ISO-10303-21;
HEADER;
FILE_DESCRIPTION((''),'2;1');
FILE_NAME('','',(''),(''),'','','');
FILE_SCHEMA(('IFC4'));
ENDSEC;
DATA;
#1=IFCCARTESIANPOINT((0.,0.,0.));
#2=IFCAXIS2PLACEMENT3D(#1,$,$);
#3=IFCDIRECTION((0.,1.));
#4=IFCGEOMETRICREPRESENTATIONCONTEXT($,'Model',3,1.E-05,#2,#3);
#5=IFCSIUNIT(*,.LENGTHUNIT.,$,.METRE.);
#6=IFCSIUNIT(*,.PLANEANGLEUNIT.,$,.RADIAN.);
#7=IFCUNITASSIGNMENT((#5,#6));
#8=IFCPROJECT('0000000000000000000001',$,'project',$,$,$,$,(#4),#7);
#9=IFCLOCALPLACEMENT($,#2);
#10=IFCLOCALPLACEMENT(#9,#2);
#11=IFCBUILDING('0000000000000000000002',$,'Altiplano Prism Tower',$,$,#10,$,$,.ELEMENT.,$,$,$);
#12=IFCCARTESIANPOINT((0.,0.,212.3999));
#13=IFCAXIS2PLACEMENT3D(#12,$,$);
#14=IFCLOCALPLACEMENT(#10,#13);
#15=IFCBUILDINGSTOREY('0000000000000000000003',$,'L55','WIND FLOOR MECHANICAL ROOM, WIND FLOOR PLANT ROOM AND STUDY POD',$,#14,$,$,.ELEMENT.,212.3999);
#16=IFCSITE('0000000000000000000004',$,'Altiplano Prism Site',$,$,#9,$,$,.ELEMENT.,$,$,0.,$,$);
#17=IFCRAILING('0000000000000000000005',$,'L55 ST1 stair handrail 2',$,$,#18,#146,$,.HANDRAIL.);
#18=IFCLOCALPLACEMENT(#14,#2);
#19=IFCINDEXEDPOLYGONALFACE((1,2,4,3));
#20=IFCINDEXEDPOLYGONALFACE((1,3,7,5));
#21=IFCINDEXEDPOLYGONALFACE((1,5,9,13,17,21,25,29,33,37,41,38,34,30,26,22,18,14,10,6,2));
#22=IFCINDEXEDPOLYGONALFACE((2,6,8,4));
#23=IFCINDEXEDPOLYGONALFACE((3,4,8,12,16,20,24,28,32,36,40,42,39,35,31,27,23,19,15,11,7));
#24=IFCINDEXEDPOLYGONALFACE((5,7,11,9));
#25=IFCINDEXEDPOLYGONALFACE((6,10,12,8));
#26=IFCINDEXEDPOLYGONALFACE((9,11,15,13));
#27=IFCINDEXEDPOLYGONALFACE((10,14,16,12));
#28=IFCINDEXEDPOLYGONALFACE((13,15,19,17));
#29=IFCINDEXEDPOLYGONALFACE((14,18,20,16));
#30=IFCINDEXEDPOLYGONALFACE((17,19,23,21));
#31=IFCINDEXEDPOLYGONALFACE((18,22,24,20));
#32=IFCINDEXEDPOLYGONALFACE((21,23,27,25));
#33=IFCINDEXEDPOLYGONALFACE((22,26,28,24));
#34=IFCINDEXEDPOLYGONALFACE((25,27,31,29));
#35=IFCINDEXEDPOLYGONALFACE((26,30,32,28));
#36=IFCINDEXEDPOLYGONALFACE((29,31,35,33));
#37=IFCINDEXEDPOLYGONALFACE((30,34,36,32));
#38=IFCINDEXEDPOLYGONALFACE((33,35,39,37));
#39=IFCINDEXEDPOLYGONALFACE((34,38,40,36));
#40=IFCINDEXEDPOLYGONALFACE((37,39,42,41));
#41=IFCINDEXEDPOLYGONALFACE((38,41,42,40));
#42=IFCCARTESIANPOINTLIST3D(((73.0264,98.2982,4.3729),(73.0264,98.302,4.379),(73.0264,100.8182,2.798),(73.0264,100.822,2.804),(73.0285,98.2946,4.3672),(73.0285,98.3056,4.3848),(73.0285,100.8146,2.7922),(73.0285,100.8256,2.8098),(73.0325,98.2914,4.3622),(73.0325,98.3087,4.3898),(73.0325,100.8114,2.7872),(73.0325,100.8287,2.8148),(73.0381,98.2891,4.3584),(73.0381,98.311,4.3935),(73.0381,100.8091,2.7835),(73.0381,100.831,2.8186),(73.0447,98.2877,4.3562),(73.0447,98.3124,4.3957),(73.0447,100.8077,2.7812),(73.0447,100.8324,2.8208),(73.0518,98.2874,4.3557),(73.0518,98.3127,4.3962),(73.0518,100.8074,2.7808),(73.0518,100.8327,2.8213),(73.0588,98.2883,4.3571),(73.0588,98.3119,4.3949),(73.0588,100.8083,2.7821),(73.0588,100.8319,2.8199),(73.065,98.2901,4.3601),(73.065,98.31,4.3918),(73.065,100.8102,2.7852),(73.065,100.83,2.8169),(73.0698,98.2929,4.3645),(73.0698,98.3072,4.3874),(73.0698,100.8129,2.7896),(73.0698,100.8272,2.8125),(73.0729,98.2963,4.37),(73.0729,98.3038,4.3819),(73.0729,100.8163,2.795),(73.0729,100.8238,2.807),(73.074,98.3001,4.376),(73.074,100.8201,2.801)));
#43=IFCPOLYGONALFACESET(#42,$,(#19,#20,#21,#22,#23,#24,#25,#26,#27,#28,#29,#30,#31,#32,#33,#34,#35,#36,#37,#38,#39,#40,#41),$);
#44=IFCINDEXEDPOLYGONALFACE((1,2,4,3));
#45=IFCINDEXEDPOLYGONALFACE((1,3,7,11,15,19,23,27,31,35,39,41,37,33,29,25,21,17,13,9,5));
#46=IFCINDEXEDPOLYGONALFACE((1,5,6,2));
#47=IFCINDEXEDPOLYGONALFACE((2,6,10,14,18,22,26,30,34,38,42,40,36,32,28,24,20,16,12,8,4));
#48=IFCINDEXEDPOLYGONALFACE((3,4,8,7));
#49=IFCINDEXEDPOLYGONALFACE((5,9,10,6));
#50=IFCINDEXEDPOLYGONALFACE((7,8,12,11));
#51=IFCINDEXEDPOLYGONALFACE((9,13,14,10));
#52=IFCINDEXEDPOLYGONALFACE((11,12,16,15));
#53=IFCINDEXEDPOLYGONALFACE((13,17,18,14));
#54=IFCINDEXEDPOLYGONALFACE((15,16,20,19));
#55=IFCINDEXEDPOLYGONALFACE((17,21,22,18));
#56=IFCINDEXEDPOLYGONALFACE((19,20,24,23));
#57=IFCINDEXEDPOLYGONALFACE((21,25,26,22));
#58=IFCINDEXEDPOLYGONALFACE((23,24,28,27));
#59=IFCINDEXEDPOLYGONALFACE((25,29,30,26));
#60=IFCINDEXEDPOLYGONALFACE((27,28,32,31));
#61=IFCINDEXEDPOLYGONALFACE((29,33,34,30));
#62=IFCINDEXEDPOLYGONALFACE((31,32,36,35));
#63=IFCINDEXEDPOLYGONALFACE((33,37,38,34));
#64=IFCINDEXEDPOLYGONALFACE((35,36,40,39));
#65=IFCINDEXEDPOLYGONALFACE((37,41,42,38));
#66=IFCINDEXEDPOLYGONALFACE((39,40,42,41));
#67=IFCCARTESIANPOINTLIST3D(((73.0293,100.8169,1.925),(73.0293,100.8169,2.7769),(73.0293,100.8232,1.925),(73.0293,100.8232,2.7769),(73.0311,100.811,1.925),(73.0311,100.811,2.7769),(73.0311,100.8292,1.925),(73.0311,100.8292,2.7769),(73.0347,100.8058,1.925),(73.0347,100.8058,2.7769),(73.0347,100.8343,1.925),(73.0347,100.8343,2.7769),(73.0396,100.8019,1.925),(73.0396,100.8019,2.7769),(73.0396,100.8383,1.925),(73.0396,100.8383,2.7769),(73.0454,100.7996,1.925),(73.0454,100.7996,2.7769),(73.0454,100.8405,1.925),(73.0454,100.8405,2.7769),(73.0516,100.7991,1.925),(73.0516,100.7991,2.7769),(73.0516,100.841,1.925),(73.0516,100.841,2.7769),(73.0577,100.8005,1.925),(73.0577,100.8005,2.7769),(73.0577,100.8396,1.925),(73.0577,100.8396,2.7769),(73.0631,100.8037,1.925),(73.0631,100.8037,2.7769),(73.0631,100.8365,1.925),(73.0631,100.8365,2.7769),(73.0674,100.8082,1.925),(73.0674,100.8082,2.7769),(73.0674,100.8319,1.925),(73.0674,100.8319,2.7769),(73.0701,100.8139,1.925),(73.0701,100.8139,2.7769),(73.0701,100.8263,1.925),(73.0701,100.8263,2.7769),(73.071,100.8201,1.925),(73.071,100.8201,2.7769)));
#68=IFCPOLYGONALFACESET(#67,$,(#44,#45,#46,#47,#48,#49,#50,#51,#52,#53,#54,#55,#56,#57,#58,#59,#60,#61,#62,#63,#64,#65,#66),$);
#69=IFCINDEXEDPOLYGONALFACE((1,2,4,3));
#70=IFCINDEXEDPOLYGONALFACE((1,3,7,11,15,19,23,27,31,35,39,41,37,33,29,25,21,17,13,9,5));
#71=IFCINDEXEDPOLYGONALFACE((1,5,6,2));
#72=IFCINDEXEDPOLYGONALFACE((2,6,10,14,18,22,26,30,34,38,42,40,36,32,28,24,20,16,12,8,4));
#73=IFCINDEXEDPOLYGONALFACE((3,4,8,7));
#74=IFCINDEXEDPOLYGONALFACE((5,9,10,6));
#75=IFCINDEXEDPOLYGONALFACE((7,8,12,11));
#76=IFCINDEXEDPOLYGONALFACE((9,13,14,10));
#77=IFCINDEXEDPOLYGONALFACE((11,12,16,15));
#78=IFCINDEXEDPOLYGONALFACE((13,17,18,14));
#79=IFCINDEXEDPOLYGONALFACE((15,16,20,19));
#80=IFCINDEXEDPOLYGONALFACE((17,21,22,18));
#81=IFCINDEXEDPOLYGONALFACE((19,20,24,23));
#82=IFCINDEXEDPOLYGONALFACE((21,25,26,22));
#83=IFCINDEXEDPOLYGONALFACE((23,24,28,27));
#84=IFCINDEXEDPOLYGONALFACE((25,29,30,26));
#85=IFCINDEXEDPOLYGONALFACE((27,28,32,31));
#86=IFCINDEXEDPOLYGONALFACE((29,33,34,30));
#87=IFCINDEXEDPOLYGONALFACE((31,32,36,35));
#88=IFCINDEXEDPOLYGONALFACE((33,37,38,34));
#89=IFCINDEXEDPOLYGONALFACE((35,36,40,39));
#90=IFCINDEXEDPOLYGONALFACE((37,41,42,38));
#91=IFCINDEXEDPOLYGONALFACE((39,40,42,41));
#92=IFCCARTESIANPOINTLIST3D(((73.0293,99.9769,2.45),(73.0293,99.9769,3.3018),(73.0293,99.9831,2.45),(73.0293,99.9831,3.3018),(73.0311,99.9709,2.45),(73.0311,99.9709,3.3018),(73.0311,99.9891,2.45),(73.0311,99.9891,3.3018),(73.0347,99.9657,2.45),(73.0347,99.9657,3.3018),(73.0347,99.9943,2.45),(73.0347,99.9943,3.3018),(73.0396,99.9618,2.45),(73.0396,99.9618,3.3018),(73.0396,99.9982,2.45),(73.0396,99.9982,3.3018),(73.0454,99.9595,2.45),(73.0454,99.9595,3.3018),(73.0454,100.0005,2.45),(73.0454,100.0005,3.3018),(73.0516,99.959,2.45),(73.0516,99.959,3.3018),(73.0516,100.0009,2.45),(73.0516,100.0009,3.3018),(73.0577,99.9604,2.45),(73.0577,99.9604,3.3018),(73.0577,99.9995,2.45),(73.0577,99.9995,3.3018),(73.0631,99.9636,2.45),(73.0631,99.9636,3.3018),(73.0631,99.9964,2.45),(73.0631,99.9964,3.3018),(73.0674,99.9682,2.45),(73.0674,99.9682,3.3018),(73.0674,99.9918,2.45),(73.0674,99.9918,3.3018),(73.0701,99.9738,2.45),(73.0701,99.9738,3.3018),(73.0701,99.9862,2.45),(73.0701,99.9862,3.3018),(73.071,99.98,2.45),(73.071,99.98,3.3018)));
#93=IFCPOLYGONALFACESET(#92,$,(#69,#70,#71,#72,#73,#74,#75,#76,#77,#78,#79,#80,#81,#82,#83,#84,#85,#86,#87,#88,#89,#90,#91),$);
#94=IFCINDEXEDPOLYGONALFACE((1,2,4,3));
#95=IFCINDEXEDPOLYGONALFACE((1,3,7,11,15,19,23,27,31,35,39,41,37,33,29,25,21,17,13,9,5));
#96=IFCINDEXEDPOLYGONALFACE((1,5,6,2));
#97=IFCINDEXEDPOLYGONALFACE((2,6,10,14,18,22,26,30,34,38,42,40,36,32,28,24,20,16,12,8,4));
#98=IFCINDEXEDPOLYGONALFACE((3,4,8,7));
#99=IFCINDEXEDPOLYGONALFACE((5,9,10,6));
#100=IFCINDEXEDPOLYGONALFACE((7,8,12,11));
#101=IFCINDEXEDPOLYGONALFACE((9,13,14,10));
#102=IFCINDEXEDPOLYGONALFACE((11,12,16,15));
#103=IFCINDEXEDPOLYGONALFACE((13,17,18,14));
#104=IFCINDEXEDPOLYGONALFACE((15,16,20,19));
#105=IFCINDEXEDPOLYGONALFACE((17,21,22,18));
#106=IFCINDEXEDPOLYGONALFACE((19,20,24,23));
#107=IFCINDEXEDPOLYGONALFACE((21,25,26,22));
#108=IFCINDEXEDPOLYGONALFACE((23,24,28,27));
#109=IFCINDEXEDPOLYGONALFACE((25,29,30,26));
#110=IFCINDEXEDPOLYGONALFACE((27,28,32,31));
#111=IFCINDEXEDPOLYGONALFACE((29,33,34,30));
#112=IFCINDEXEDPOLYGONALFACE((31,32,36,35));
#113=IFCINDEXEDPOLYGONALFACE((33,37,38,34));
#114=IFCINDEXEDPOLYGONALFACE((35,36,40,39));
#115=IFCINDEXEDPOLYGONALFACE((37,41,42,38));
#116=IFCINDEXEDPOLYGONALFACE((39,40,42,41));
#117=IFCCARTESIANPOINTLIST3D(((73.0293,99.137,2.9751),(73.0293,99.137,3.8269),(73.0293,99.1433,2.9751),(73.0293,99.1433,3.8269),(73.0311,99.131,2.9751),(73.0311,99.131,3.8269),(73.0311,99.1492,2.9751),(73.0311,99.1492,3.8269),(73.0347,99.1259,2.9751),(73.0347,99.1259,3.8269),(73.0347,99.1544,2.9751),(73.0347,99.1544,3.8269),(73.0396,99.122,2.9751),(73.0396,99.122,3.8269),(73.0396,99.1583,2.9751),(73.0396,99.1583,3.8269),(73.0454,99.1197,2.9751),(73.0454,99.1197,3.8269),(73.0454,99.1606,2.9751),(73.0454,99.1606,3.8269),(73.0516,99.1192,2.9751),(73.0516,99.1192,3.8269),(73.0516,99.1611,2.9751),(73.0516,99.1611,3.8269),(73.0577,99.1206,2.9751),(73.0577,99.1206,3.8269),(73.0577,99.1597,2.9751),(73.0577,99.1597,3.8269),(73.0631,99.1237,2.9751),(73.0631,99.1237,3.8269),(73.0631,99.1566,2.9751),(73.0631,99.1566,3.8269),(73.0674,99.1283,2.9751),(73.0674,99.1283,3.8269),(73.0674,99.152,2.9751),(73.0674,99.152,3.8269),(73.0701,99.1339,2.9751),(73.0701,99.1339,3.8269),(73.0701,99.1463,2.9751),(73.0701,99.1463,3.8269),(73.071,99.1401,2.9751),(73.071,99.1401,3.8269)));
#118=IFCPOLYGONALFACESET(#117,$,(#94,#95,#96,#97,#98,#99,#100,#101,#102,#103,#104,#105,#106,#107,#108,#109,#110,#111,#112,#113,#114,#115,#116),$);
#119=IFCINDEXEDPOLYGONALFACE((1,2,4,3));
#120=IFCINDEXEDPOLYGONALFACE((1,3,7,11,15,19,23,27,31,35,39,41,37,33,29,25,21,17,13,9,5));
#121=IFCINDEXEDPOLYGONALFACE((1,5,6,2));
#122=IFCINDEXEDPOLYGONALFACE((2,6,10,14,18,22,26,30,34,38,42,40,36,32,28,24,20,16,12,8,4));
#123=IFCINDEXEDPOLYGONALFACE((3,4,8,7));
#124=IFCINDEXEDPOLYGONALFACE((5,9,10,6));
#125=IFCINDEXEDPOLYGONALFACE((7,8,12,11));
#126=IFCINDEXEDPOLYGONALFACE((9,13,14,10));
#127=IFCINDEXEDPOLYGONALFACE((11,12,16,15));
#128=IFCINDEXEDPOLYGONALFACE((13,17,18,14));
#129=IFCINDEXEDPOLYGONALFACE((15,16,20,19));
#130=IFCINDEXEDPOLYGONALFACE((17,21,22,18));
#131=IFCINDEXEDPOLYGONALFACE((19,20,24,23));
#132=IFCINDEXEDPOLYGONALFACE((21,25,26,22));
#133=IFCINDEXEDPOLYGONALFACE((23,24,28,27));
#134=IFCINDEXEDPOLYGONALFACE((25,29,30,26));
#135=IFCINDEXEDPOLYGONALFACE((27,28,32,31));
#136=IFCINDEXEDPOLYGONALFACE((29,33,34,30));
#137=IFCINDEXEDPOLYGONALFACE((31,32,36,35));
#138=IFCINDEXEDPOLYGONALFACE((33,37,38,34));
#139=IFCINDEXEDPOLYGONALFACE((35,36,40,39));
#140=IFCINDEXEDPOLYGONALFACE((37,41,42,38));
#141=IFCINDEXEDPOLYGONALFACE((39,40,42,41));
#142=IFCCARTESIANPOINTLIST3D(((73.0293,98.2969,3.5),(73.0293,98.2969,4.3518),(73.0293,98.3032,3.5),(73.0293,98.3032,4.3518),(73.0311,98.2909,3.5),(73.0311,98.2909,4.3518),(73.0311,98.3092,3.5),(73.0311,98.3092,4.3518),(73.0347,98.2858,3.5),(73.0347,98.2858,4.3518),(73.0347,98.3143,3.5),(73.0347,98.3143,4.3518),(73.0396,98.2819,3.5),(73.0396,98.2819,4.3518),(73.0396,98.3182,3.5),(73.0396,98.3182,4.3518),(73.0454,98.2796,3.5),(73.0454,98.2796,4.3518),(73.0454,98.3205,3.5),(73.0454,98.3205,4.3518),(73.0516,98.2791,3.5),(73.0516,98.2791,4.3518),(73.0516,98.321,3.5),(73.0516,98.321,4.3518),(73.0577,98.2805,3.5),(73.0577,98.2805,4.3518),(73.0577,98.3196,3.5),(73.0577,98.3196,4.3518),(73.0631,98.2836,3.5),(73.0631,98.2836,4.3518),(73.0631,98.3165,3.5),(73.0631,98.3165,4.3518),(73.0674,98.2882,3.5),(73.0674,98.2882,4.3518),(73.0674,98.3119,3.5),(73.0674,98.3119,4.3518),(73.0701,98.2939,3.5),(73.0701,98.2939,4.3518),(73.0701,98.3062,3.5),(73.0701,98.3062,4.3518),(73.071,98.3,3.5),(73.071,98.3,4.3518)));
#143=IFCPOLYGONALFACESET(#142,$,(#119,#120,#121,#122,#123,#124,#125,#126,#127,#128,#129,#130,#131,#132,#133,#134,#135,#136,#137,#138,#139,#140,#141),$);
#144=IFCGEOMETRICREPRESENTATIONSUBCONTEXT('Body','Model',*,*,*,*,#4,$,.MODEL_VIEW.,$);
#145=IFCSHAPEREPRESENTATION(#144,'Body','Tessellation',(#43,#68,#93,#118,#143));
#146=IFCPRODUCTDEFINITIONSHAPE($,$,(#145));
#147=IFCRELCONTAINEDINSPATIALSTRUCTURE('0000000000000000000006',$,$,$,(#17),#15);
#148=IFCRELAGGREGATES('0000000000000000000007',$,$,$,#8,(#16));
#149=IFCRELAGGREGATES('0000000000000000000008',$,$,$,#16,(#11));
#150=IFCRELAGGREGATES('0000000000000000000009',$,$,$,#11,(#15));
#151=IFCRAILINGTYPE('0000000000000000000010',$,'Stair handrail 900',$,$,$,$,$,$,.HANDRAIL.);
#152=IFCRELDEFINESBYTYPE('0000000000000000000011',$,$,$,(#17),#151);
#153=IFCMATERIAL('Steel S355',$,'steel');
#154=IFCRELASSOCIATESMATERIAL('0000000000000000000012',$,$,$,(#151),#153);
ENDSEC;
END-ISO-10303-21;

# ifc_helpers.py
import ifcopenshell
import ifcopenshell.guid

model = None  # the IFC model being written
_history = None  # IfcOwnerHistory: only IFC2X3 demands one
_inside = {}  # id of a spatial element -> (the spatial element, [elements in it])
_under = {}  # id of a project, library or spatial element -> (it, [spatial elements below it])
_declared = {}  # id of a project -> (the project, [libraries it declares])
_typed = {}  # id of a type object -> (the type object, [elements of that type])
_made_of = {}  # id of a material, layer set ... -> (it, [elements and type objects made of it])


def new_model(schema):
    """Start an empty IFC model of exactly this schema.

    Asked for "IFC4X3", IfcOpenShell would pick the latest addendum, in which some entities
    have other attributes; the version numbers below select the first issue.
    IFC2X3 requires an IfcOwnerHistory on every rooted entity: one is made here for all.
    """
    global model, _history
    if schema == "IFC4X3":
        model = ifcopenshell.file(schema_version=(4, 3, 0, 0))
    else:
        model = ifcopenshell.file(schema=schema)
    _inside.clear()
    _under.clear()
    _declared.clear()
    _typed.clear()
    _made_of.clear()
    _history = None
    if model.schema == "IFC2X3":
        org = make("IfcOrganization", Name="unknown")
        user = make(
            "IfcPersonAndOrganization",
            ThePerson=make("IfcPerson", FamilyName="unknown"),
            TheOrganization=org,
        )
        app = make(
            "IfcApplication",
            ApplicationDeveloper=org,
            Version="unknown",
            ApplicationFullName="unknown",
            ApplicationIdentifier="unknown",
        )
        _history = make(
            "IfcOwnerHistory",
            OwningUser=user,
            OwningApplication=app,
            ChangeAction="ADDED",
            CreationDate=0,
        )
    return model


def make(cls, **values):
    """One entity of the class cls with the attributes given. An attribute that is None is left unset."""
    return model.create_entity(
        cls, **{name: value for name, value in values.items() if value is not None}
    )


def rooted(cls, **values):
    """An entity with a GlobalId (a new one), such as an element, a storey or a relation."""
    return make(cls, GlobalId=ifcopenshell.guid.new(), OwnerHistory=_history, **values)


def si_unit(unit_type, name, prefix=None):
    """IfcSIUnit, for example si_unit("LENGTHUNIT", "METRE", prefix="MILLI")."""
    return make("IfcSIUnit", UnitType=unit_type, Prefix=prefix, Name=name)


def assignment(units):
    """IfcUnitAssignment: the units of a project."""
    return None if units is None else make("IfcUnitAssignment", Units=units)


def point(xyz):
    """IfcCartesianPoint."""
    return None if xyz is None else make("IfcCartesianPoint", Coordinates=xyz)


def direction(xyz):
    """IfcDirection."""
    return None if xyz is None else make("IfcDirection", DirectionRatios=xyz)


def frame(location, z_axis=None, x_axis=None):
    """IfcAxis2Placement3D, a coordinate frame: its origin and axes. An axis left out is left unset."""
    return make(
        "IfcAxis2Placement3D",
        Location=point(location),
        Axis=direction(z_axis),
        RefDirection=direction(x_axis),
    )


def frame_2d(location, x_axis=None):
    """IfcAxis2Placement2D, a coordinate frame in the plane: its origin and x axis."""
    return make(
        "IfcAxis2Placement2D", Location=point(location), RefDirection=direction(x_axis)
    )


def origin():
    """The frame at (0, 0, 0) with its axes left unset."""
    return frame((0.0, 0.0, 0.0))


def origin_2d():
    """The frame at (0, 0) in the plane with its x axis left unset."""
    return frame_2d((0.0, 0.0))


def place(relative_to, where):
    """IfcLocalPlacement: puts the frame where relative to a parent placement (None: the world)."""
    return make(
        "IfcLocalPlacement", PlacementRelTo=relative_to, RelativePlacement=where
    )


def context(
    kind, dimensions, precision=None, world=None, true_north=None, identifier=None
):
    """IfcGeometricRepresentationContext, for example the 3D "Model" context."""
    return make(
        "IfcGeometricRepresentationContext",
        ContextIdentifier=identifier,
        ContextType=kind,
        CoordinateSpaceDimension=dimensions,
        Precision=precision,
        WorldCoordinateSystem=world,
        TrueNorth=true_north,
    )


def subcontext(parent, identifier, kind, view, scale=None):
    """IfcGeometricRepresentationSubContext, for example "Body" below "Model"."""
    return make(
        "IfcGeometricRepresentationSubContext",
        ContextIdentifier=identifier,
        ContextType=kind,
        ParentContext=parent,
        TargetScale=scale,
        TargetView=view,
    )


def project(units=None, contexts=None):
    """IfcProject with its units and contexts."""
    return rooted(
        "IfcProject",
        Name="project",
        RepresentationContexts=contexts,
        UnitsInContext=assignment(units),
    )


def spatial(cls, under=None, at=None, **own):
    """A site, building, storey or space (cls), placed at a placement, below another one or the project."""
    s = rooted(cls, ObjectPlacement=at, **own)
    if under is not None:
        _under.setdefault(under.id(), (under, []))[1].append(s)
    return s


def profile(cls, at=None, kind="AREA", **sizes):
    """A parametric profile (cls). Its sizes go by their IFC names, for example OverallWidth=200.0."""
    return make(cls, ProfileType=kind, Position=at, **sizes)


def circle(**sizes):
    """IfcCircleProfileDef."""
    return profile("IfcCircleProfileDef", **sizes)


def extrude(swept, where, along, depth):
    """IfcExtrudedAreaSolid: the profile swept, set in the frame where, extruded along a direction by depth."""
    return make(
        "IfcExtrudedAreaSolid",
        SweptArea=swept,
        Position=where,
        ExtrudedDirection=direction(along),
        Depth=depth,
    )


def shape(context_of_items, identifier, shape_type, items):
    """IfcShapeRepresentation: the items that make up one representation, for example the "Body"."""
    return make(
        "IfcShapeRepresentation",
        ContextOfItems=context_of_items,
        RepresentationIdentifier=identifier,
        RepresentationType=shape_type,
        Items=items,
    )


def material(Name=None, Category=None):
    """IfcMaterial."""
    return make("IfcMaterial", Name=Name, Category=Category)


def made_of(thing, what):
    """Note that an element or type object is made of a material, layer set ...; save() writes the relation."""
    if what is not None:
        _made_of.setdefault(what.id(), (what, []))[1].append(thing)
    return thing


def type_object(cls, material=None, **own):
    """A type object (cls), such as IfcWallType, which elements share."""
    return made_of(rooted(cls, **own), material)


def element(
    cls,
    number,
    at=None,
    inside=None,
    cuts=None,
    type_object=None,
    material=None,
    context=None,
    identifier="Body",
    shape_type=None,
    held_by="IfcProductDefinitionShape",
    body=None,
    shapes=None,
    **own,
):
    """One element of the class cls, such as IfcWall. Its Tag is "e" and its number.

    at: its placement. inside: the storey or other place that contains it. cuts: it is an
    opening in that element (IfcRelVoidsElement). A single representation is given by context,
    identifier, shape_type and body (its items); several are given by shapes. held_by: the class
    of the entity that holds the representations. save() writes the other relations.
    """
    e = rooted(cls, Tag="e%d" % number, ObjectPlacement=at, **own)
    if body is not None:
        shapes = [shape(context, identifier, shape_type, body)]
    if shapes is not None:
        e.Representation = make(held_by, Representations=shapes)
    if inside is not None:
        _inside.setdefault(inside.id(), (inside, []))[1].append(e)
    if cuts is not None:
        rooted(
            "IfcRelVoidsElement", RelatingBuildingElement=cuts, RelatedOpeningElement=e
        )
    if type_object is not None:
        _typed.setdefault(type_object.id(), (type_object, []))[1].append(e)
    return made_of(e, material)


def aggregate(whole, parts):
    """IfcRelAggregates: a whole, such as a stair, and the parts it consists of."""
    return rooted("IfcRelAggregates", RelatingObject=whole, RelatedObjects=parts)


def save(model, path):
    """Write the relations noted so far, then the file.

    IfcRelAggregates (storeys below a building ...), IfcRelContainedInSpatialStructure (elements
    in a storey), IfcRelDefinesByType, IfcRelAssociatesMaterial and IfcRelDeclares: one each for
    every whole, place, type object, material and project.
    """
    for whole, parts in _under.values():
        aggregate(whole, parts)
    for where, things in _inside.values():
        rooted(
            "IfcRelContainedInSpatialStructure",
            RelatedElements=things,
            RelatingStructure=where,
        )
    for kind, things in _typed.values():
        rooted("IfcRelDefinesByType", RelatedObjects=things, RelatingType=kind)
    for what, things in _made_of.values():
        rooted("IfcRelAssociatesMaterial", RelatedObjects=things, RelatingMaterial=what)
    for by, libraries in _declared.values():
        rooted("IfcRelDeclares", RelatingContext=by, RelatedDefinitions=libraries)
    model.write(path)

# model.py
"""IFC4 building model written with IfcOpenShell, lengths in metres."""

from ifc_helpers import new_model, si_unit, direction, frame, origin, origin_2d, place, context, subcontext, project, spatial, circle, extrude, material, type_object, element, save


model = new_model("IFC4")

# Units and contexts
model_context = context("Model", 3, precision=1e-05, world=origin(), true_north=direction((0.0, 1.0)))
body_context = subcontext(model_context, "Body", "Model", "MODEL_VIEW")
ifc_project = project(units=[si_unit("LENGTHUNIT", "METRE"), si_unit("PLANEANGLEUNIT", "RADIAN")], contexts=[model_context])

# Site, building, storey
site_placement = place(None, origin())
site = spatial("IfcSite", under=ifc_project, at=site_placement, Name="Altiplano Prism Site", CompositionType="ELEMENT", RefElevation=0.0)
building_placement = place(site_placement, origin())
building = spatial("IfcBuilding", under=site, at=building_placement, Name="Altiplano Prism Tower", CompositionType="ELEMENT")
storey_placement = place(building_placement, frame((0.0, 0.0, 212.3999)))
storey = spatial("IfcBuildingStorey", under=building, at=storey_placement, Name="L55", Description="WIND FLOOR MECHANICAL ROOM, WIND FLOOR PLANT ROOM AND STUDY POD", CompositionType="ELEMENT", Elevation=212.3999)

# Shared definitions
ifc_material_1 = material(Name="Steel S355", Category="steel")

# Railing
railing_type_1 = type_object("IfcRailingType", Name="Stair handrail 900", PredefinedType="HANDRAIL", material=ifc_material_1)
for number, where, name in (
    (1, (73.05, 100.8201, 1.925), "L55 ST1 stair handrail 2"),
):
    element("IfcRailing", number, at=place(storey_placement, frame(where)), inside=storey, type_object=railing_type_1, Name=name, PredefinedType="HANDRAIL", context=body_context, shape_type="SweptSolid", body=[
        extrude(circle(Radius=0.0239, at=origin_2d()), frame((0.0, 0.0, 0.876), z_axis=(0.0, -0.848008, 0.529984), x_axis=(1.0, 0.0, 0.0)), (0.0, 0.0, 1.0), 2.9717),
        extrude(circle(Radius=0.021, at=origin_2d()), origin(), (0.0, 0.0, 1.0), 0.8518),
        extrude(circle(Radius=0.021, at=origin_2d()), frame((0.0, -0.8401, 0.5249)), (0.0, 0.0, 1.0), 0.8518),
        extrude(circle(Radius=0.021, at=origin_2d()), frame((0.0, -1.6799, 1.05)), (0.0, 0.0, 1.0), 0.8518),
        extrude(circle(Radius=0.021, at=origin_2d()), frame((0.0, -2.52, 1.575)), (0.0, 0.0, 1.0), 0.8518),
    ])

save(model, "model.ifc")
